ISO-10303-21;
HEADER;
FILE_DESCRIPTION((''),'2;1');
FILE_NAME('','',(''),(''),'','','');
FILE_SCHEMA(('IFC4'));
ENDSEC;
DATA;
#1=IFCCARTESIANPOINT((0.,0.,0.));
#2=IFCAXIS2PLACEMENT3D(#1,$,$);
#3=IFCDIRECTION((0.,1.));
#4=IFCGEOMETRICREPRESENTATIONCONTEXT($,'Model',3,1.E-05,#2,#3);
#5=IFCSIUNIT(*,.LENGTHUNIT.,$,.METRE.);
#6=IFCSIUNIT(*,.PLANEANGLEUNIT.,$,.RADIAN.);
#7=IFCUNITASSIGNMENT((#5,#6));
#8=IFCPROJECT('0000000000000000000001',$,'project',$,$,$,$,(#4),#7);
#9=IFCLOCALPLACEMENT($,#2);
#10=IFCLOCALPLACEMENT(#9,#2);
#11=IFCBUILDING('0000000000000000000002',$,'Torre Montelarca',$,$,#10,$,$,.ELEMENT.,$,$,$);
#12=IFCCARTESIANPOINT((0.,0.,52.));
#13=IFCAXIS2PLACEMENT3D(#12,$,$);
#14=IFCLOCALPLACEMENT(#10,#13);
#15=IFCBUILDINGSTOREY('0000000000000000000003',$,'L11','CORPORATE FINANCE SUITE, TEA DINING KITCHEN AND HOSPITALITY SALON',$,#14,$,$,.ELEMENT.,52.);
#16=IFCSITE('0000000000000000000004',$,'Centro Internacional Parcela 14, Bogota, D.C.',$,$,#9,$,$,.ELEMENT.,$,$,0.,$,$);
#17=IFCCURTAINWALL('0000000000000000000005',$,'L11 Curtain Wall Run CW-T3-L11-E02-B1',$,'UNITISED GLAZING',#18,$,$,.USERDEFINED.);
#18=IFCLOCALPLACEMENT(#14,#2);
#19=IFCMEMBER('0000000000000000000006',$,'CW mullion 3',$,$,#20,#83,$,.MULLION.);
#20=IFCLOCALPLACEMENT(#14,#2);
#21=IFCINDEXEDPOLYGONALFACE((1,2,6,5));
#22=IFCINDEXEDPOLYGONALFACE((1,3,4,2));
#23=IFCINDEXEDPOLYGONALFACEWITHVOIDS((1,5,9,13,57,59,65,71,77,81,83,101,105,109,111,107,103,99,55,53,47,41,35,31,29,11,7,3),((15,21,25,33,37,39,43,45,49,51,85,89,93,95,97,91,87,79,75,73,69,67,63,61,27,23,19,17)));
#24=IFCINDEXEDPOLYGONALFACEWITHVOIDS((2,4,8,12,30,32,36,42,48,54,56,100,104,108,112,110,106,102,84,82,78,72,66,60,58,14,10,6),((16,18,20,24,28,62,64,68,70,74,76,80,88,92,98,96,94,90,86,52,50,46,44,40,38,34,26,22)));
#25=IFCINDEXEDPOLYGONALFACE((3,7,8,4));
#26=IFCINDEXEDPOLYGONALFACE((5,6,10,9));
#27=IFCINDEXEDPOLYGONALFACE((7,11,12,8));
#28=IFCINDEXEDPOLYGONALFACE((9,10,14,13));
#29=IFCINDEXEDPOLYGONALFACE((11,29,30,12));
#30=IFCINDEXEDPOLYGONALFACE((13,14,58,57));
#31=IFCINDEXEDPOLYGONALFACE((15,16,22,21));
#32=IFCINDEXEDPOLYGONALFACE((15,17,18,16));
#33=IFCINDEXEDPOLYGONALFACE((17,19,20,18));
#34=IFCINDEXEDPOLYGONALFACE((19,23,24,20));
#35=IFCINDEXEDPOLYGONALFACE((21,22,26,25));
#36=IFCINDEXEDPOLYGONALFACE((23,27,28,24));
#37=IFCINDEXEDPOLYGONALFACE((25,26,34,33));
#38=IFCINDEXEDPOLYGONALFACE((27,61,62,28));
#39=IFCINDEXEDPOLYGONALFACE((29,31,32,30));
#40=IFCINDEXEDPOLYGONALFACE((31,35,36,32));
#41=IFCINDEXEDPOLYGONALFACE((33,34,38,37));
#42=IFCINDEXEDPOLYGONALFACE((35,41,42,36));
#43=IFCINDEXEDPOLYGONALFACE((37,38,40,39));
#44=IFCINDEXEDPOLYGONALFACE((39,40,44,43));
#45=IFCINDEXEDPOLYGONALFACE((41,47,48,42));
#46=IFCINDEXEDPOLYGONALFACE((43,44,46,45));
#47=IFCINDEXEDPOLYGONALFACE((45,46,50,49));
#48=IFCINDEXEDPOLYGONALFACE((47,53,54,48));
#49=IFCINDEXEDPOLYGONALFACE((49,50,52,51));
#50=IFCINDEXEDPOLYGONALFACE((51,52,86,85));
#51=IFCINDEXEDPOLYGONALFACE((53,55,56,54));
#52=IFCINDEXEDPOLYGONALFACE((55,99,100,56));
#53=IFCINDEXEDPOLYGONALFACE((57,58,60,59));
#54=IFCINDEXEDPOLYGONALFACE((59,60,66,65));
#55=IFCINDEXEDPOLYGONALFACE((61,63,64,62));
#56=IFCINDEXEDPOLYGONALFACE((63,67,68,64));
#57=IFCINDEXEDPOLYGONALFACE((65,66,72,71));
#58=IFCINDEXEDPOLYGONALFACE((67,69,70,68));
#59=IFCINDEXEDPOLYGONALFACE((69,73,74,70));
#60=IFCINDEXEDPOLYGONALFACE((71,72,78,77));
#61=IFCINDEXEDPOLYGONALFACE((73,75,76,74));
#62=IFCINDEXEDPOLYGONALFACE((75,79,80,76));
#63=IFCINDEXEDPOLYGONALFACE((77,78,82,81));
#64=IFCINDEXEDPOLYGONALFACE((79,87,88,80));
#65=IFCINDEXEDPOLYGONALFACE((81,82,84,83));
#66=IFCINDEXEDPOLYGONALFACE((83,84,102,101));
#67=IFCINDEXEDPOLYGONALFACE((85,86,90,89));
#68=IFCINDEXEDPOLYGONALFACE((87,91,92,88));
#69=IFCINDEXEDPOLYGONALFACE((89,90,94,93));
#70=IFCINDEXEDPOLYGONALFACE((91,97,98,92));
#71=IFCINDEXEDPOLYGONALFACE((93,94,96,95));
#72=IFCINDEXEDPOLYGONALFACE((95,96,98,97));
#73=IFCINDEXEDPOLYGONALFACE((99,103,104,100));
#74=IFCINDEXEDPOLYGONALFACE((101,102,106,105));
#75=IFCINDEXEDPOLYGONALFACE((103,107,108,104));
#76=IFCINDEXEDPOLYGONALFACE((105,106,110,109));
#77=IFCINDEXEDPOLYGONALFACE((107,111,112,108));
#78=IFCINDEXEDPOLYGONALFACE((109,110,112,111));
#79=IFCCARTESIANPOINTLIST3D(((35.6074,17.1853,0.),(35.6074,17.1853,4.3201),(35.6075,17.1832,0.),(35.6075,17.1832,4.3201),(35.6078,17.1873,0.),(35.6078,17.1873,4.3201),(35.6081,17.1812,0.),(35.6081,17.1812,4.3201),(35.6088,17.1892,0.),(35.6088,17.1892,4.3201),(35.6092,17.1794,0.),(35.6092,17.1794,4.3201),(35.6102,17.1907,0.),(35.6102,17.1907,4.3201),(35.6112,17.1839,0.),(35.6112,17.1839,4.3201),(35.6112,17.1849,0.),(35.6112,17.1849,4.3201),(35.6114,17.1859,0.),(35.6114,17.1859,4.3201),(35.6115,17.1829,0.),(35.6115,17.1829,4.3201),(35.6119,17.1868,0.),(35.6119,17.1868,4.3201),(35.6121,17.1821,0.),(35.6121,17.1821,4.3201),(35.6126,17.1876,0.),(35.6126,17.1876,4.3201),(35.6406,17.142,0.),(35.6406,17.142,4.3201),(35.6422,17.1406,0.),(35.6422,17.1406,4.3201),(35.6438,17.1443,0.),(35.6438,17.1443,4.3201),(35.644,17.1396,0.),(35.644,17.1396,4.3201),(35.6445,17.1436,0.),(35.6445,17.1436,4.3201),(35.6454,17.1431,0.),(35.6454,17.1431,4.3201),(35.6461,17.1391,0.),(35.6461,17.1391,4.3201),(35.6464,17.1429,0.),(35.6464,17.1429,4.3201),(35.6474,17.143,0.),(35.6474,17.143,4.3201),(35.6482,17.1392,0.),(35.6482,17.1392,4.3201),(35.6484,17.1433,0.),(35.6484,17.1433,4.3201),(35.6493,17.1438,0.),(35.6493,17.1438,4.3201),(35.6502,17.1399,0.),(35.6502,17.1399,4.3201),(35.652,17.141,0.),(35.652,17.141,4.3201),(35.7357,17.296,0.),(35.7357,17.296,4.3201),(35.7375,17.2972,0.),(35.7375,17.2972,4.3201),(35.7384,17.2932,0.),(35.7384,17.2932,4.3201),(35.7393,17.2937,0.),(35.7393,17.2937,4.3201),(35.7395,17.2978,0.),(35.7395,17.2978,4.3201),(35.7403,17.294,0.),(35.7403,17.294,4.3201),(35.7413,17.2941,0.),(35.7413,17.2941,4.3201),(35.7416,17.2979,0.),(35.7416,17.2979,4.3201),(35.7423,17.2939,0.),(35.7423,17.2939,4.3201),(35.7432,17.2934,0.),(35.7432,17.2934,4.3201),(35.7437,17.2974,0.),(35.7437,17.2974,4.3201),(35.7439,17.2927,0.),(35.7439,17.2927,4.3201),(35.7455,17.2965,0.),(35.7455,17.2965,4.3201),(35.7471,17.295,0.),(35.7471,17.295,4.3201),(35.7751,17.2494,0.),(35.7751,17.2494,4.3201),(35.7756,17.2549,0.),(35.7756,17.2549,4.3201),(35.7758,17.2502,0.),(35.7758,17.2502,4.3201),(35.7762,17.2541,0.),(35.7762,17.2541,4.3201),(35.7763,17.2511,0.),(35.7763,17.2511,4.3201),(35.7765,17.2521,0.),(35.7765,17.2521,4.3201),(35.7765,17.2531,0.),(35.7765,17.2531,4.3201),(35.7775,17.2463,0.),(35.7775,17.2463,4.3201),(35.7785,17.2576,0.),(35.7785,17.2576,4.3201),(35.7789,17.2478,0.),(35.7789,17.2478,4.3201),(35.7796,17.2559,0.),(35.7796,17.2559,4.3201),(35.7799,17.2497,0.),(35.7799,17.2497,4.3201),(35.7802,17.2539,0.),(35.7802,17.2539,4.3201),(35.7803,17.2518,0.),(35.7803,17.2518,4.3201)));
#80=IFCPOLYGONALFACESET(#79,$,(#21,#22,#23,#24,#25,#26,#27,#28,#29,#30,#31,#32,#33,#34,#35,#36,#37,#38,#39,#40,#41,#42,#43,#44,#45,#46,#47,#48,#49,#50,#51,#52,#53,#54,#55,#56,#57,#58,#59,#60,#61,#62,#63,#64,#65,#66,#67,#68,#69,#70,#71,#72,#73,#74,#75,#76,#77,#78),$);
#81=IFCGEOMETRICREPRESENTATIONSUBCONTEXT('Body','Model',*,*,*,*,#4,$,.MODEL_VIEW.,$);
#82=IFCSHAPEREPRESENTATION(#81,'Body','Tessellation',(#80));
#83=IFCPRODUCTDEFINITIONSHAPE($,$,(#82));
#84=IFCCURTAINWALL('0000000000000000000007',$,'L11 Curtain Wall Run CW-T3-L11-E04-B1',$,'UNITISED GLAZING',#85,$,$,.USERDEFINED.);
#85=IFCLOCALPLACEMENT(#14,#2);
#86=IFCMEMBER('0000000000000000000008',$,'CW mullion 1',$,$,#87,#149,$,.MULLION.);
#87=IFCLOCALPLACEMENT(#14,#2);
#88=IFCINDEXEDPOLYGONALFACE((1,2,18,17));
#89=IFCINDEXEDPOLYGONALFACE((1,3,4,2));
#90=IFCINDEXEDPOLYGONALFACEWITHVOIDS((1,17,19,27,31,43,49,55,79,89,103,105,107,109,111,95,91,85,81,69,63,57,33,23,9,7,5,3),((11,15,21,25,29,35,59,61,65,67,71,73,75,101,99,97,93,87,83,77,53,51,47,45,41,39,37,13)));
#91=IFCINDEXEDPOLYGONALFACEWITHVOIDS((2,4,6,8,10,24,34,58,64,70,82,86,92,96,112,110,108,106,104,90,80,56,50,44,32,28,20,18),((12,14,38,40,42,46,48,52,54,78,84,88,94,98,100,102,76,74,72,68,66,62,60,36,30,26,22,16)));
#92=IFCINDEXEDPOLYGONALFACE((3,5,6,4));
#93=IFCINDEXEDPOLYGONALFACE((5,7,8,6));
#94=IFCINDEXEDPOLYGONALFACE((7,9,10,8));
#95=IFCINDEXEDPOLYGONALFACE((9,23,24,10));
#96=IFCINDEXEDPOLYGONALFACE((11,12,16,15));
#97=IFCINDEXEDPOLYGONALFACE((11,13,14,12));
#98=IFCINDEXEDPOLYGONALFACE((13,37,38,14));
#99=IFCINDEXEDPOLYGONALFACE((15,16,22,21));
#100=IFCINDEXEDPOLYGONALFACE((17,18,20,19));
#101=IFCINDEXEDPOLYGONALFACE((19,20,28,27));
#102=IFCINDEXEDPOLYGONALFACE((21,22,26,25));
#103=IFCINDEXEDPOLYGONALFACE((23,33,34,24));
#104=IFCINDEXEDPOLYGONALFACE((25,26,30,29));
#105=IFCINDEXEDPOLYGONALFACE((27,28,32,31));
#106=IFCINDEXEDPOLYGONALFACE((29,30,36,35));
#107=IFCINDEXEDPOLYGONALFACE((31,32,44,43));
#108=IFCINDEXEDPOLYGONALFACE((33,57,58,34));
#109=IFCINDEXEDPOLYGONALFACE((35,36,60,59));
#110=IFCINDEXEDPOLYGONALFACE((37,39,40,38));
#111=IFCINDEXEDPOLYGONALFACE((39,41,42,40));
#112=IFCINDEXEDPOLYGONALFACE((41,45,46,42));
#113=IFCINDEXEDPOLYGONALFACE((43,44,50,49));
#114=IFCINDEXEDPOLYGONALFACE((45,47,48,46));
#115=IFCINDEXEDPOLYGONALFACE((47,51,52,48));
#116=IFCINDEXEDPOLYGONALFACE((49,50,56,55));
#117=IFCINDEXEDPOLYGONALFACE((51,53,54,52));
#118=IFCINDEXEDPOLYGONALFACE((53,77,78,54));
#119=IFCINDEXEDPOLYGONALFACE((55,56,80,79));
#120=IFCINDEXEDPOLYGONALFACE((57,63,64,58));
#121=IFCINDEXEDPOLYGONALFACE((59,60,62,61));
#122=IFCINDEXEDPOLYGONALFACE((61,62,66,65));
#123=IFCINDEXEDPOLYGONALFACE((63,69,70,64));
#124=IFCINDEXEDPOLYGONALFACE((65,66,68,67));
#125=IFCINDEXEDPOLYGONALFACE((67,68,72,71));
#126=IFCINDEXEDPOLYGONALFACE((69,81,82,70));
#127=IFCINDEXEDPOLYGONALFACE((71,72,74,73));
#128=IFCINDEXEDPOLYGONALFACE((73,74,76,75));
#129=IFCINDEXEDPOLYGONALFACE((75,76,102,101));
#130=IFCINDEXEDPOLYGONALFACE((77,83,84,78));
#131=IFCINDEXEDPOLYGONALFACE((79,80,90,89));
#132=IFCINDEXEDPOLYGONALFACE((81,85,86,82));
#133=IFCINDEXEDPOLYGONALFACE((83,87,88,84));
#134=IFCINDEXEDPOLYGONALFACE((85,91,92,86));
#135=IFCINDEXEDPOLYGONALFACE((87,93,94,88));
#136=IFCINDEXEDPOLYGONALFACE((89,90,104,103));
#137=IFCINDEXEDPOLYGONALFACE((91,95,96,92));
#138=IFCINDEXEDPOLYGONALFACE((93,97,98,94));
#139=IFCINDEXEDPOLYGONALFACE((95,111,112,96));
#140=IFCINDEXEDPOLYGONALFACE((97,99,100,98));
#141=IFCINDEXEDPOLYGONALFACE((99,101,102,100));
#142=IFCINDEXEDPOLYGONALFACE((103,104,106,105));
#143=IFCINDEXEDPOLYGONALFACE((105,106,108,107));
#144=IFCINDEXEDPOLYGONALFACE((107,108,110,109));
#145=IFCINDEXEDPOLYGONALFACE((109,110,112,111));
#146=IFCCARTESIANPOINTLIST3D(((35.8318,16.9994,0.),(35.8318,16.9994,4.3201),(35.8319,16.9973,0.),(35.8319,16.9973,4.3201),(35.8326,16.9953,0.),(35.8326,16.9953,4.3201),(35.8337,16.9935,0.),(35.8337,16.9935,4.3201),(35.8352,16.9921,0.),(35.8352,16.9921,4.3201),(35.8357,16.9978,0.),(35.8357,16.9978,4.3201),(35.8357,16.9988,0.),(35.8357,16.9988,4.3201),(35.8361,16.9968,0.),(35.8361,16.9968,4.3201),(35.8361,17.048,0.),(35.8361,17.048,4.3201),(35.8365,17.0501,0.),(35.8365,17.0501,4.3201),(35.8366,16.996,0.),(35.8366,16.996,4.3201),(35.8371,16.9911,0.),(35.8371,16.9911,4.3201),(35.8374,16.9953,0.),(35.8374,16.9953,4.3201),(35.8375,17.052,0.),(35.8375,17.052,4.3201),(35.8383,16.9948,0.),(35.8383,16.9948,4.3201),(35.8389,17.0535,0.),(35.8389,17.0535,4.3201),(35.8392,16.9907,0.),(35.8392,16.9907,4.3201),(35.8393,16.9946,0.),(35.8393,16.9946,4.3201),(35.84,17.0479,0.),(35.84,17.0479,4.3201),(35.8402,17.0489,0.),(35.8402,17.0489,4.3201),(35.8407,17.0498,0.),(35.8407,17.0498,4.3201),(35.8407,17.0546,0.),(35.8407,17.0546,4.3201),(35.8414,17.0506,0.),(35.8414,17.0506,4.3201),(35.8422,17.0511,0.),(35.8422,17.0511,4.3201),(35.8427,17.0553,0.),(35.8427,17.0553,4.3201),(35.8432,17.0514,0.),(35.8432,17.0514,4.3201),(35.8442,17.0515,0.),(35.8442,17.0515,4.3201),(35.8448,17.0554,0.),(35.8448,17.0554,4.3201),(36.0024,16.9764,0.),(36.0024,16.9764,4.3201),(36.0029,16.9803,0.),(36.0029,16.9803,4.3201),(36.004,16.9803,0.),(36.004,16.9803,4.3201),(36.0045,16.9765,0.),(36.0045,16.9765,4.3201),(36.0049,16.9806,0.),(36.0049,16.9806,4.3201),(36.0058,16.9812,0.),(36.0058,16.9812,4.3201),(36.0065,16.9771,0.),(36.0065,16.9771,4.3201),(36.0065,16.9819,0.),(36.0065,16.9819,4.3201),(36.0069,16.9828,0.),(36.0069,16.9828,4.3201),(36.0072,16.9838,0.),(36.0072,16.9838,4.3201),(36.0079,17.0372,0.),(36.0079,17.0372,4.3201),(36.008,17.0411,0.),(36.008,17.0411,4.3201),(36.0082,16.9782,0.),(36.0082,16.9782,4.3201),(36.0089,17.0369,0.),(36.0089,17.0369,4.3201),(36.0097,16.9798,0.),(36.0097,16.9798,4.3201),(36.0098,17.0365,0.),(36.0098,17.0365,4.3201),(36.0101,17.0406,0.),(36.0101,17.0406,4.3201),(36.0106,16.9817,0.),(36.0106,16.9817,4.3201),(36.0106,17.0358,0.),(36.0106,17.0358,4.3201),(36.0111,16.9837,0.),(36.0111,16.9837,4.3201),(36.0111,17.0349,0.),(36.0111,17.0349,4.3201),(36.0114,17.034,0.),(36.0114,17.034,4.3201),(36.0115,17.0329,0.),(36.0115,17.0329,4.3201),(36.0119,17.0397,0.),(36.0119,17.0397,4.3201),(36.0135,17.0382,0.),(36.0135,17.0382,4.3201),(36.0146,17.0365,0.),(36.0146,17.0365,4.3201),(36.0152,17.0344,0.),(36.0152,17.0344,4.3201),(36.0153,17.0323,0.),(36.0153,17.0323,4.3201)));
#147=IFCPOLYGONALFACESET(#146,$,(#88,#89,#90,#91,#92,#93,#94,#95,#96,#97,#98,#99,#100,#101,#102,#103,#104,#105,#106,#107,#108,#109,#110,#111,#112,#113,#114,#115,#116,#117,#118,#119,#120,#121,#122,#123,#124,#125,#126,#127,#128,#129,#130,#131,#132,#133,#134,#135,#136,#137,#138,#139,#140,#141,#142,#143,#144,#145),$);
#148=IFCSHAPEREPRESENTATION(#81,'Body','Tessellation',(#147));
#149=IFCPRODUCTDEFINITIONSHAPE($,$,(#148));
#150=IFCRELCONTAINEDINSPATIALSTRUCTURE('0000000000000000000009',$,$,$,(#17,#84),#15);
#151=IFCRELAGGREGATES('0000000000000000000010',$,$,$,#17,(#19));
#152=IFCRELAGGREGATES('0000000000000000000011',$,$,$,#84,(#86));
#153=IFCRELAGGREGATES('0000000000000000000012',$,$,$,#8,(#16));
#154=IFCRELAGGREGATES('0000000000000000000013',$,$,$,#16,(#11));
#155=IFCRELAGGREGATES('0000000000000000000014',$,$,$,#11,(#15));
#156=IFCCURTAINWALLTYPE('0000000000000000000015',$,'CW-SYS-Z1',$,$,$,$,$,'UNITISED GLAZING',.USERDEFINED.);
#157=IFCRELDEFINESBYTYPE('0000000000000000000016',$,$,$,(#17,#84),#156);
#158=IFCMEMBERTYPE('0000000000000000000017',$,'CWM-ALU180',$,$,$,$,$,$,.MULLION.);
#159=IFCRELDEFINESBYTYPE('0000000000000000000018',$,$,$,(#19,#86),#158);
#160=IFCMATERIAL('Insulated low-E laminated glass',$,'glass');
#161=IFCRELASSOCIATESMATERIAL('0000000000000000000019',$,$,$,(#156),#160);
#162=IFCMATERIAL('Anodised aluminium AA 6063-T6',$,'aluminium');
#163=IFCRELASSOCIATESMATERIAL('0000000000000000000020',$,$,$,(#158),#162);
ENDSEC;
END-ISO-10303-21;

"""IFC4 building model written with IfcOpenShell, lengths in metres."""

from ifc_helpers import new_model, si_unit, direction, frame, origin, origin_2d, place, context, subcontext, project, spatial, hollow_rectangle, extrude, source, transform, mapped, material, material_profile, profile_set, type_object, element, aggregate, save


model = new_model("IFC4")

# Units and contexts
model_context = context("Model", 3, precision=1e-05, world=origin(), true_north=direction((0.0, 1.0)))
body_context = subcontext(model_context, "Body", "Model", "MODEL_VIEW")
ifc_project = project(units=[si_unit("LENGTHUNIT", "METRE"), si_unit("PLANEANGLEUNIT", "RADIAN")], contexts=[model_context])

# Site, building, storey
site_placement = place(None, origin())
site = spatial("IfcSite", under=ifc_project, at=site_placement, Name="Centro Internacional Parcela 14, Bogota, D.C.", CompositionType="ELEMENT", RefElevation=0.0)
building_placement = place(site_placement, origin())
building = spatial("IfcBuilding", under=site, at=building_placement, Name="Torre Montelarca", CompositionType="ELEMENT")
storey_placement = place(building_placement, frame((0.0, 0.0, 52.0)))
storey = spatial("IfcBuildingStorey", under=building, at=storey_placement, Name="L11", Description="CORPORATE FINANCE SUITE, TEA DINING KITCHEN AND HOSPITALITY SALON", CompositionType="ELEMENT", Elevation=52.0)

# Shared definitions
ifc_material_1 = material(Name="Insulated low-E laminated glass", Category="glass")
curtain_wall_type = type_object("IfcCurtainWallType", Name="CW-SYS-Z1", ElementType="UNITISED GLAZING", PredefinedType="USERDEFINED", material=ifc_material_1)
ifc_material_2 = material(Name="Anodised aluminium AA 6063-T6", Category="aluminium")
ifc_material_profile_1 = material_profile(ifc_material_2, hollow_rectangle(XDim=0.0649, YDim=0.1799, WallThickness=0.0039, InnerFilletRadius=0.0039, OuterFilletRadius=0.0081, at=origin_2d()), Name="ALU65X180X4", Category="aluminium")
ifc_profile_set_1 = profile_set([ifc_material_profile_1], Name="Anodised aluminium AA 6063-T6")
member_type_1 = type_object("IfcMemberType", Name="CWM-ALU180", PredefinedType="MULLION", material=ifc_profile_set_1)
shared_shape_1 = source(origin(), body_context, "Body", "SweptSolid", [
    extrude(hollow_rectangle(XDim=0.0649, YDim=0.1799, WallThickness=0.0039, InnerFilletRadius=0.0039, OuterFilletRadius=0.0081, at=origin_2d()), origin(), (0.0, 0.0, 1.0), 4.3201),
])

# Curtain wall, member
curtain_wall_1_placement = place(storey_placement, origin())
curtain_wall_1 = element("IfcCurtainWall", 1, at=curtain_wall_1_placement, inside=storey, type_object=curtain_wall_type, Name="L11 Curtain Wall Run CW-T3-L11-E02-B1", ObjectType="UNITISED GLAZING", PredefinedType="USERDEFINED")
member_1_placement = place(storey_placement, frame((35.6938, 17.2185, 0.0), z_axis=(0.0, 0.0, 1.0), x_axis=(-0.642778, 0.766053, 0.0)))
member_1 = element("IfcMember", 2, at=member_1_placement, type_object=member_type_1, Name="CW mullion 3", PredefinedType="MULLION", context=body_context, shape_type="MappedRepresentation", body=[
    mapped(shared_shape_1, transform((0.0, 0.0, 0.0), scale=1.0)),
])

# Curtain wall, member
curtain_wall_2_placement = place(storey_placement, origin())
curtain_wall_2 = element("IfcCurtainWall", 3, at=curtain_wall_2_placement, inside=storey, type_object=curtain_wall_type, Name="L11 Curtain Wall Run CW-T3-L11-E04-B1", ObjectType="UNITISED GLAZING", PredefinedType="USERDEFINED")
member_2_placement = place(storey_placement, frame((35.9236, 17.0159, 0.0), z_axis=(0.0, 0.0, 1.0), x_axis=(0.087162, 0.996194, 0.0)))
member_2 = element("IfcMember", 4, at=member_2_placement, type_object=member_type_1, Name="CW mullion 1", PredefinedType="MULLION", context=body_context, shape_type="MappedRepresentation", body=[
    mapped(shared_shape_1, transform((0.0, 0.0, 0.0), scale=1.0)),
])

aggregate(curtain_wall_1, [member_1])
aggregate(curtain_wall_2, [member_2])

save(model, "model.ifc")
